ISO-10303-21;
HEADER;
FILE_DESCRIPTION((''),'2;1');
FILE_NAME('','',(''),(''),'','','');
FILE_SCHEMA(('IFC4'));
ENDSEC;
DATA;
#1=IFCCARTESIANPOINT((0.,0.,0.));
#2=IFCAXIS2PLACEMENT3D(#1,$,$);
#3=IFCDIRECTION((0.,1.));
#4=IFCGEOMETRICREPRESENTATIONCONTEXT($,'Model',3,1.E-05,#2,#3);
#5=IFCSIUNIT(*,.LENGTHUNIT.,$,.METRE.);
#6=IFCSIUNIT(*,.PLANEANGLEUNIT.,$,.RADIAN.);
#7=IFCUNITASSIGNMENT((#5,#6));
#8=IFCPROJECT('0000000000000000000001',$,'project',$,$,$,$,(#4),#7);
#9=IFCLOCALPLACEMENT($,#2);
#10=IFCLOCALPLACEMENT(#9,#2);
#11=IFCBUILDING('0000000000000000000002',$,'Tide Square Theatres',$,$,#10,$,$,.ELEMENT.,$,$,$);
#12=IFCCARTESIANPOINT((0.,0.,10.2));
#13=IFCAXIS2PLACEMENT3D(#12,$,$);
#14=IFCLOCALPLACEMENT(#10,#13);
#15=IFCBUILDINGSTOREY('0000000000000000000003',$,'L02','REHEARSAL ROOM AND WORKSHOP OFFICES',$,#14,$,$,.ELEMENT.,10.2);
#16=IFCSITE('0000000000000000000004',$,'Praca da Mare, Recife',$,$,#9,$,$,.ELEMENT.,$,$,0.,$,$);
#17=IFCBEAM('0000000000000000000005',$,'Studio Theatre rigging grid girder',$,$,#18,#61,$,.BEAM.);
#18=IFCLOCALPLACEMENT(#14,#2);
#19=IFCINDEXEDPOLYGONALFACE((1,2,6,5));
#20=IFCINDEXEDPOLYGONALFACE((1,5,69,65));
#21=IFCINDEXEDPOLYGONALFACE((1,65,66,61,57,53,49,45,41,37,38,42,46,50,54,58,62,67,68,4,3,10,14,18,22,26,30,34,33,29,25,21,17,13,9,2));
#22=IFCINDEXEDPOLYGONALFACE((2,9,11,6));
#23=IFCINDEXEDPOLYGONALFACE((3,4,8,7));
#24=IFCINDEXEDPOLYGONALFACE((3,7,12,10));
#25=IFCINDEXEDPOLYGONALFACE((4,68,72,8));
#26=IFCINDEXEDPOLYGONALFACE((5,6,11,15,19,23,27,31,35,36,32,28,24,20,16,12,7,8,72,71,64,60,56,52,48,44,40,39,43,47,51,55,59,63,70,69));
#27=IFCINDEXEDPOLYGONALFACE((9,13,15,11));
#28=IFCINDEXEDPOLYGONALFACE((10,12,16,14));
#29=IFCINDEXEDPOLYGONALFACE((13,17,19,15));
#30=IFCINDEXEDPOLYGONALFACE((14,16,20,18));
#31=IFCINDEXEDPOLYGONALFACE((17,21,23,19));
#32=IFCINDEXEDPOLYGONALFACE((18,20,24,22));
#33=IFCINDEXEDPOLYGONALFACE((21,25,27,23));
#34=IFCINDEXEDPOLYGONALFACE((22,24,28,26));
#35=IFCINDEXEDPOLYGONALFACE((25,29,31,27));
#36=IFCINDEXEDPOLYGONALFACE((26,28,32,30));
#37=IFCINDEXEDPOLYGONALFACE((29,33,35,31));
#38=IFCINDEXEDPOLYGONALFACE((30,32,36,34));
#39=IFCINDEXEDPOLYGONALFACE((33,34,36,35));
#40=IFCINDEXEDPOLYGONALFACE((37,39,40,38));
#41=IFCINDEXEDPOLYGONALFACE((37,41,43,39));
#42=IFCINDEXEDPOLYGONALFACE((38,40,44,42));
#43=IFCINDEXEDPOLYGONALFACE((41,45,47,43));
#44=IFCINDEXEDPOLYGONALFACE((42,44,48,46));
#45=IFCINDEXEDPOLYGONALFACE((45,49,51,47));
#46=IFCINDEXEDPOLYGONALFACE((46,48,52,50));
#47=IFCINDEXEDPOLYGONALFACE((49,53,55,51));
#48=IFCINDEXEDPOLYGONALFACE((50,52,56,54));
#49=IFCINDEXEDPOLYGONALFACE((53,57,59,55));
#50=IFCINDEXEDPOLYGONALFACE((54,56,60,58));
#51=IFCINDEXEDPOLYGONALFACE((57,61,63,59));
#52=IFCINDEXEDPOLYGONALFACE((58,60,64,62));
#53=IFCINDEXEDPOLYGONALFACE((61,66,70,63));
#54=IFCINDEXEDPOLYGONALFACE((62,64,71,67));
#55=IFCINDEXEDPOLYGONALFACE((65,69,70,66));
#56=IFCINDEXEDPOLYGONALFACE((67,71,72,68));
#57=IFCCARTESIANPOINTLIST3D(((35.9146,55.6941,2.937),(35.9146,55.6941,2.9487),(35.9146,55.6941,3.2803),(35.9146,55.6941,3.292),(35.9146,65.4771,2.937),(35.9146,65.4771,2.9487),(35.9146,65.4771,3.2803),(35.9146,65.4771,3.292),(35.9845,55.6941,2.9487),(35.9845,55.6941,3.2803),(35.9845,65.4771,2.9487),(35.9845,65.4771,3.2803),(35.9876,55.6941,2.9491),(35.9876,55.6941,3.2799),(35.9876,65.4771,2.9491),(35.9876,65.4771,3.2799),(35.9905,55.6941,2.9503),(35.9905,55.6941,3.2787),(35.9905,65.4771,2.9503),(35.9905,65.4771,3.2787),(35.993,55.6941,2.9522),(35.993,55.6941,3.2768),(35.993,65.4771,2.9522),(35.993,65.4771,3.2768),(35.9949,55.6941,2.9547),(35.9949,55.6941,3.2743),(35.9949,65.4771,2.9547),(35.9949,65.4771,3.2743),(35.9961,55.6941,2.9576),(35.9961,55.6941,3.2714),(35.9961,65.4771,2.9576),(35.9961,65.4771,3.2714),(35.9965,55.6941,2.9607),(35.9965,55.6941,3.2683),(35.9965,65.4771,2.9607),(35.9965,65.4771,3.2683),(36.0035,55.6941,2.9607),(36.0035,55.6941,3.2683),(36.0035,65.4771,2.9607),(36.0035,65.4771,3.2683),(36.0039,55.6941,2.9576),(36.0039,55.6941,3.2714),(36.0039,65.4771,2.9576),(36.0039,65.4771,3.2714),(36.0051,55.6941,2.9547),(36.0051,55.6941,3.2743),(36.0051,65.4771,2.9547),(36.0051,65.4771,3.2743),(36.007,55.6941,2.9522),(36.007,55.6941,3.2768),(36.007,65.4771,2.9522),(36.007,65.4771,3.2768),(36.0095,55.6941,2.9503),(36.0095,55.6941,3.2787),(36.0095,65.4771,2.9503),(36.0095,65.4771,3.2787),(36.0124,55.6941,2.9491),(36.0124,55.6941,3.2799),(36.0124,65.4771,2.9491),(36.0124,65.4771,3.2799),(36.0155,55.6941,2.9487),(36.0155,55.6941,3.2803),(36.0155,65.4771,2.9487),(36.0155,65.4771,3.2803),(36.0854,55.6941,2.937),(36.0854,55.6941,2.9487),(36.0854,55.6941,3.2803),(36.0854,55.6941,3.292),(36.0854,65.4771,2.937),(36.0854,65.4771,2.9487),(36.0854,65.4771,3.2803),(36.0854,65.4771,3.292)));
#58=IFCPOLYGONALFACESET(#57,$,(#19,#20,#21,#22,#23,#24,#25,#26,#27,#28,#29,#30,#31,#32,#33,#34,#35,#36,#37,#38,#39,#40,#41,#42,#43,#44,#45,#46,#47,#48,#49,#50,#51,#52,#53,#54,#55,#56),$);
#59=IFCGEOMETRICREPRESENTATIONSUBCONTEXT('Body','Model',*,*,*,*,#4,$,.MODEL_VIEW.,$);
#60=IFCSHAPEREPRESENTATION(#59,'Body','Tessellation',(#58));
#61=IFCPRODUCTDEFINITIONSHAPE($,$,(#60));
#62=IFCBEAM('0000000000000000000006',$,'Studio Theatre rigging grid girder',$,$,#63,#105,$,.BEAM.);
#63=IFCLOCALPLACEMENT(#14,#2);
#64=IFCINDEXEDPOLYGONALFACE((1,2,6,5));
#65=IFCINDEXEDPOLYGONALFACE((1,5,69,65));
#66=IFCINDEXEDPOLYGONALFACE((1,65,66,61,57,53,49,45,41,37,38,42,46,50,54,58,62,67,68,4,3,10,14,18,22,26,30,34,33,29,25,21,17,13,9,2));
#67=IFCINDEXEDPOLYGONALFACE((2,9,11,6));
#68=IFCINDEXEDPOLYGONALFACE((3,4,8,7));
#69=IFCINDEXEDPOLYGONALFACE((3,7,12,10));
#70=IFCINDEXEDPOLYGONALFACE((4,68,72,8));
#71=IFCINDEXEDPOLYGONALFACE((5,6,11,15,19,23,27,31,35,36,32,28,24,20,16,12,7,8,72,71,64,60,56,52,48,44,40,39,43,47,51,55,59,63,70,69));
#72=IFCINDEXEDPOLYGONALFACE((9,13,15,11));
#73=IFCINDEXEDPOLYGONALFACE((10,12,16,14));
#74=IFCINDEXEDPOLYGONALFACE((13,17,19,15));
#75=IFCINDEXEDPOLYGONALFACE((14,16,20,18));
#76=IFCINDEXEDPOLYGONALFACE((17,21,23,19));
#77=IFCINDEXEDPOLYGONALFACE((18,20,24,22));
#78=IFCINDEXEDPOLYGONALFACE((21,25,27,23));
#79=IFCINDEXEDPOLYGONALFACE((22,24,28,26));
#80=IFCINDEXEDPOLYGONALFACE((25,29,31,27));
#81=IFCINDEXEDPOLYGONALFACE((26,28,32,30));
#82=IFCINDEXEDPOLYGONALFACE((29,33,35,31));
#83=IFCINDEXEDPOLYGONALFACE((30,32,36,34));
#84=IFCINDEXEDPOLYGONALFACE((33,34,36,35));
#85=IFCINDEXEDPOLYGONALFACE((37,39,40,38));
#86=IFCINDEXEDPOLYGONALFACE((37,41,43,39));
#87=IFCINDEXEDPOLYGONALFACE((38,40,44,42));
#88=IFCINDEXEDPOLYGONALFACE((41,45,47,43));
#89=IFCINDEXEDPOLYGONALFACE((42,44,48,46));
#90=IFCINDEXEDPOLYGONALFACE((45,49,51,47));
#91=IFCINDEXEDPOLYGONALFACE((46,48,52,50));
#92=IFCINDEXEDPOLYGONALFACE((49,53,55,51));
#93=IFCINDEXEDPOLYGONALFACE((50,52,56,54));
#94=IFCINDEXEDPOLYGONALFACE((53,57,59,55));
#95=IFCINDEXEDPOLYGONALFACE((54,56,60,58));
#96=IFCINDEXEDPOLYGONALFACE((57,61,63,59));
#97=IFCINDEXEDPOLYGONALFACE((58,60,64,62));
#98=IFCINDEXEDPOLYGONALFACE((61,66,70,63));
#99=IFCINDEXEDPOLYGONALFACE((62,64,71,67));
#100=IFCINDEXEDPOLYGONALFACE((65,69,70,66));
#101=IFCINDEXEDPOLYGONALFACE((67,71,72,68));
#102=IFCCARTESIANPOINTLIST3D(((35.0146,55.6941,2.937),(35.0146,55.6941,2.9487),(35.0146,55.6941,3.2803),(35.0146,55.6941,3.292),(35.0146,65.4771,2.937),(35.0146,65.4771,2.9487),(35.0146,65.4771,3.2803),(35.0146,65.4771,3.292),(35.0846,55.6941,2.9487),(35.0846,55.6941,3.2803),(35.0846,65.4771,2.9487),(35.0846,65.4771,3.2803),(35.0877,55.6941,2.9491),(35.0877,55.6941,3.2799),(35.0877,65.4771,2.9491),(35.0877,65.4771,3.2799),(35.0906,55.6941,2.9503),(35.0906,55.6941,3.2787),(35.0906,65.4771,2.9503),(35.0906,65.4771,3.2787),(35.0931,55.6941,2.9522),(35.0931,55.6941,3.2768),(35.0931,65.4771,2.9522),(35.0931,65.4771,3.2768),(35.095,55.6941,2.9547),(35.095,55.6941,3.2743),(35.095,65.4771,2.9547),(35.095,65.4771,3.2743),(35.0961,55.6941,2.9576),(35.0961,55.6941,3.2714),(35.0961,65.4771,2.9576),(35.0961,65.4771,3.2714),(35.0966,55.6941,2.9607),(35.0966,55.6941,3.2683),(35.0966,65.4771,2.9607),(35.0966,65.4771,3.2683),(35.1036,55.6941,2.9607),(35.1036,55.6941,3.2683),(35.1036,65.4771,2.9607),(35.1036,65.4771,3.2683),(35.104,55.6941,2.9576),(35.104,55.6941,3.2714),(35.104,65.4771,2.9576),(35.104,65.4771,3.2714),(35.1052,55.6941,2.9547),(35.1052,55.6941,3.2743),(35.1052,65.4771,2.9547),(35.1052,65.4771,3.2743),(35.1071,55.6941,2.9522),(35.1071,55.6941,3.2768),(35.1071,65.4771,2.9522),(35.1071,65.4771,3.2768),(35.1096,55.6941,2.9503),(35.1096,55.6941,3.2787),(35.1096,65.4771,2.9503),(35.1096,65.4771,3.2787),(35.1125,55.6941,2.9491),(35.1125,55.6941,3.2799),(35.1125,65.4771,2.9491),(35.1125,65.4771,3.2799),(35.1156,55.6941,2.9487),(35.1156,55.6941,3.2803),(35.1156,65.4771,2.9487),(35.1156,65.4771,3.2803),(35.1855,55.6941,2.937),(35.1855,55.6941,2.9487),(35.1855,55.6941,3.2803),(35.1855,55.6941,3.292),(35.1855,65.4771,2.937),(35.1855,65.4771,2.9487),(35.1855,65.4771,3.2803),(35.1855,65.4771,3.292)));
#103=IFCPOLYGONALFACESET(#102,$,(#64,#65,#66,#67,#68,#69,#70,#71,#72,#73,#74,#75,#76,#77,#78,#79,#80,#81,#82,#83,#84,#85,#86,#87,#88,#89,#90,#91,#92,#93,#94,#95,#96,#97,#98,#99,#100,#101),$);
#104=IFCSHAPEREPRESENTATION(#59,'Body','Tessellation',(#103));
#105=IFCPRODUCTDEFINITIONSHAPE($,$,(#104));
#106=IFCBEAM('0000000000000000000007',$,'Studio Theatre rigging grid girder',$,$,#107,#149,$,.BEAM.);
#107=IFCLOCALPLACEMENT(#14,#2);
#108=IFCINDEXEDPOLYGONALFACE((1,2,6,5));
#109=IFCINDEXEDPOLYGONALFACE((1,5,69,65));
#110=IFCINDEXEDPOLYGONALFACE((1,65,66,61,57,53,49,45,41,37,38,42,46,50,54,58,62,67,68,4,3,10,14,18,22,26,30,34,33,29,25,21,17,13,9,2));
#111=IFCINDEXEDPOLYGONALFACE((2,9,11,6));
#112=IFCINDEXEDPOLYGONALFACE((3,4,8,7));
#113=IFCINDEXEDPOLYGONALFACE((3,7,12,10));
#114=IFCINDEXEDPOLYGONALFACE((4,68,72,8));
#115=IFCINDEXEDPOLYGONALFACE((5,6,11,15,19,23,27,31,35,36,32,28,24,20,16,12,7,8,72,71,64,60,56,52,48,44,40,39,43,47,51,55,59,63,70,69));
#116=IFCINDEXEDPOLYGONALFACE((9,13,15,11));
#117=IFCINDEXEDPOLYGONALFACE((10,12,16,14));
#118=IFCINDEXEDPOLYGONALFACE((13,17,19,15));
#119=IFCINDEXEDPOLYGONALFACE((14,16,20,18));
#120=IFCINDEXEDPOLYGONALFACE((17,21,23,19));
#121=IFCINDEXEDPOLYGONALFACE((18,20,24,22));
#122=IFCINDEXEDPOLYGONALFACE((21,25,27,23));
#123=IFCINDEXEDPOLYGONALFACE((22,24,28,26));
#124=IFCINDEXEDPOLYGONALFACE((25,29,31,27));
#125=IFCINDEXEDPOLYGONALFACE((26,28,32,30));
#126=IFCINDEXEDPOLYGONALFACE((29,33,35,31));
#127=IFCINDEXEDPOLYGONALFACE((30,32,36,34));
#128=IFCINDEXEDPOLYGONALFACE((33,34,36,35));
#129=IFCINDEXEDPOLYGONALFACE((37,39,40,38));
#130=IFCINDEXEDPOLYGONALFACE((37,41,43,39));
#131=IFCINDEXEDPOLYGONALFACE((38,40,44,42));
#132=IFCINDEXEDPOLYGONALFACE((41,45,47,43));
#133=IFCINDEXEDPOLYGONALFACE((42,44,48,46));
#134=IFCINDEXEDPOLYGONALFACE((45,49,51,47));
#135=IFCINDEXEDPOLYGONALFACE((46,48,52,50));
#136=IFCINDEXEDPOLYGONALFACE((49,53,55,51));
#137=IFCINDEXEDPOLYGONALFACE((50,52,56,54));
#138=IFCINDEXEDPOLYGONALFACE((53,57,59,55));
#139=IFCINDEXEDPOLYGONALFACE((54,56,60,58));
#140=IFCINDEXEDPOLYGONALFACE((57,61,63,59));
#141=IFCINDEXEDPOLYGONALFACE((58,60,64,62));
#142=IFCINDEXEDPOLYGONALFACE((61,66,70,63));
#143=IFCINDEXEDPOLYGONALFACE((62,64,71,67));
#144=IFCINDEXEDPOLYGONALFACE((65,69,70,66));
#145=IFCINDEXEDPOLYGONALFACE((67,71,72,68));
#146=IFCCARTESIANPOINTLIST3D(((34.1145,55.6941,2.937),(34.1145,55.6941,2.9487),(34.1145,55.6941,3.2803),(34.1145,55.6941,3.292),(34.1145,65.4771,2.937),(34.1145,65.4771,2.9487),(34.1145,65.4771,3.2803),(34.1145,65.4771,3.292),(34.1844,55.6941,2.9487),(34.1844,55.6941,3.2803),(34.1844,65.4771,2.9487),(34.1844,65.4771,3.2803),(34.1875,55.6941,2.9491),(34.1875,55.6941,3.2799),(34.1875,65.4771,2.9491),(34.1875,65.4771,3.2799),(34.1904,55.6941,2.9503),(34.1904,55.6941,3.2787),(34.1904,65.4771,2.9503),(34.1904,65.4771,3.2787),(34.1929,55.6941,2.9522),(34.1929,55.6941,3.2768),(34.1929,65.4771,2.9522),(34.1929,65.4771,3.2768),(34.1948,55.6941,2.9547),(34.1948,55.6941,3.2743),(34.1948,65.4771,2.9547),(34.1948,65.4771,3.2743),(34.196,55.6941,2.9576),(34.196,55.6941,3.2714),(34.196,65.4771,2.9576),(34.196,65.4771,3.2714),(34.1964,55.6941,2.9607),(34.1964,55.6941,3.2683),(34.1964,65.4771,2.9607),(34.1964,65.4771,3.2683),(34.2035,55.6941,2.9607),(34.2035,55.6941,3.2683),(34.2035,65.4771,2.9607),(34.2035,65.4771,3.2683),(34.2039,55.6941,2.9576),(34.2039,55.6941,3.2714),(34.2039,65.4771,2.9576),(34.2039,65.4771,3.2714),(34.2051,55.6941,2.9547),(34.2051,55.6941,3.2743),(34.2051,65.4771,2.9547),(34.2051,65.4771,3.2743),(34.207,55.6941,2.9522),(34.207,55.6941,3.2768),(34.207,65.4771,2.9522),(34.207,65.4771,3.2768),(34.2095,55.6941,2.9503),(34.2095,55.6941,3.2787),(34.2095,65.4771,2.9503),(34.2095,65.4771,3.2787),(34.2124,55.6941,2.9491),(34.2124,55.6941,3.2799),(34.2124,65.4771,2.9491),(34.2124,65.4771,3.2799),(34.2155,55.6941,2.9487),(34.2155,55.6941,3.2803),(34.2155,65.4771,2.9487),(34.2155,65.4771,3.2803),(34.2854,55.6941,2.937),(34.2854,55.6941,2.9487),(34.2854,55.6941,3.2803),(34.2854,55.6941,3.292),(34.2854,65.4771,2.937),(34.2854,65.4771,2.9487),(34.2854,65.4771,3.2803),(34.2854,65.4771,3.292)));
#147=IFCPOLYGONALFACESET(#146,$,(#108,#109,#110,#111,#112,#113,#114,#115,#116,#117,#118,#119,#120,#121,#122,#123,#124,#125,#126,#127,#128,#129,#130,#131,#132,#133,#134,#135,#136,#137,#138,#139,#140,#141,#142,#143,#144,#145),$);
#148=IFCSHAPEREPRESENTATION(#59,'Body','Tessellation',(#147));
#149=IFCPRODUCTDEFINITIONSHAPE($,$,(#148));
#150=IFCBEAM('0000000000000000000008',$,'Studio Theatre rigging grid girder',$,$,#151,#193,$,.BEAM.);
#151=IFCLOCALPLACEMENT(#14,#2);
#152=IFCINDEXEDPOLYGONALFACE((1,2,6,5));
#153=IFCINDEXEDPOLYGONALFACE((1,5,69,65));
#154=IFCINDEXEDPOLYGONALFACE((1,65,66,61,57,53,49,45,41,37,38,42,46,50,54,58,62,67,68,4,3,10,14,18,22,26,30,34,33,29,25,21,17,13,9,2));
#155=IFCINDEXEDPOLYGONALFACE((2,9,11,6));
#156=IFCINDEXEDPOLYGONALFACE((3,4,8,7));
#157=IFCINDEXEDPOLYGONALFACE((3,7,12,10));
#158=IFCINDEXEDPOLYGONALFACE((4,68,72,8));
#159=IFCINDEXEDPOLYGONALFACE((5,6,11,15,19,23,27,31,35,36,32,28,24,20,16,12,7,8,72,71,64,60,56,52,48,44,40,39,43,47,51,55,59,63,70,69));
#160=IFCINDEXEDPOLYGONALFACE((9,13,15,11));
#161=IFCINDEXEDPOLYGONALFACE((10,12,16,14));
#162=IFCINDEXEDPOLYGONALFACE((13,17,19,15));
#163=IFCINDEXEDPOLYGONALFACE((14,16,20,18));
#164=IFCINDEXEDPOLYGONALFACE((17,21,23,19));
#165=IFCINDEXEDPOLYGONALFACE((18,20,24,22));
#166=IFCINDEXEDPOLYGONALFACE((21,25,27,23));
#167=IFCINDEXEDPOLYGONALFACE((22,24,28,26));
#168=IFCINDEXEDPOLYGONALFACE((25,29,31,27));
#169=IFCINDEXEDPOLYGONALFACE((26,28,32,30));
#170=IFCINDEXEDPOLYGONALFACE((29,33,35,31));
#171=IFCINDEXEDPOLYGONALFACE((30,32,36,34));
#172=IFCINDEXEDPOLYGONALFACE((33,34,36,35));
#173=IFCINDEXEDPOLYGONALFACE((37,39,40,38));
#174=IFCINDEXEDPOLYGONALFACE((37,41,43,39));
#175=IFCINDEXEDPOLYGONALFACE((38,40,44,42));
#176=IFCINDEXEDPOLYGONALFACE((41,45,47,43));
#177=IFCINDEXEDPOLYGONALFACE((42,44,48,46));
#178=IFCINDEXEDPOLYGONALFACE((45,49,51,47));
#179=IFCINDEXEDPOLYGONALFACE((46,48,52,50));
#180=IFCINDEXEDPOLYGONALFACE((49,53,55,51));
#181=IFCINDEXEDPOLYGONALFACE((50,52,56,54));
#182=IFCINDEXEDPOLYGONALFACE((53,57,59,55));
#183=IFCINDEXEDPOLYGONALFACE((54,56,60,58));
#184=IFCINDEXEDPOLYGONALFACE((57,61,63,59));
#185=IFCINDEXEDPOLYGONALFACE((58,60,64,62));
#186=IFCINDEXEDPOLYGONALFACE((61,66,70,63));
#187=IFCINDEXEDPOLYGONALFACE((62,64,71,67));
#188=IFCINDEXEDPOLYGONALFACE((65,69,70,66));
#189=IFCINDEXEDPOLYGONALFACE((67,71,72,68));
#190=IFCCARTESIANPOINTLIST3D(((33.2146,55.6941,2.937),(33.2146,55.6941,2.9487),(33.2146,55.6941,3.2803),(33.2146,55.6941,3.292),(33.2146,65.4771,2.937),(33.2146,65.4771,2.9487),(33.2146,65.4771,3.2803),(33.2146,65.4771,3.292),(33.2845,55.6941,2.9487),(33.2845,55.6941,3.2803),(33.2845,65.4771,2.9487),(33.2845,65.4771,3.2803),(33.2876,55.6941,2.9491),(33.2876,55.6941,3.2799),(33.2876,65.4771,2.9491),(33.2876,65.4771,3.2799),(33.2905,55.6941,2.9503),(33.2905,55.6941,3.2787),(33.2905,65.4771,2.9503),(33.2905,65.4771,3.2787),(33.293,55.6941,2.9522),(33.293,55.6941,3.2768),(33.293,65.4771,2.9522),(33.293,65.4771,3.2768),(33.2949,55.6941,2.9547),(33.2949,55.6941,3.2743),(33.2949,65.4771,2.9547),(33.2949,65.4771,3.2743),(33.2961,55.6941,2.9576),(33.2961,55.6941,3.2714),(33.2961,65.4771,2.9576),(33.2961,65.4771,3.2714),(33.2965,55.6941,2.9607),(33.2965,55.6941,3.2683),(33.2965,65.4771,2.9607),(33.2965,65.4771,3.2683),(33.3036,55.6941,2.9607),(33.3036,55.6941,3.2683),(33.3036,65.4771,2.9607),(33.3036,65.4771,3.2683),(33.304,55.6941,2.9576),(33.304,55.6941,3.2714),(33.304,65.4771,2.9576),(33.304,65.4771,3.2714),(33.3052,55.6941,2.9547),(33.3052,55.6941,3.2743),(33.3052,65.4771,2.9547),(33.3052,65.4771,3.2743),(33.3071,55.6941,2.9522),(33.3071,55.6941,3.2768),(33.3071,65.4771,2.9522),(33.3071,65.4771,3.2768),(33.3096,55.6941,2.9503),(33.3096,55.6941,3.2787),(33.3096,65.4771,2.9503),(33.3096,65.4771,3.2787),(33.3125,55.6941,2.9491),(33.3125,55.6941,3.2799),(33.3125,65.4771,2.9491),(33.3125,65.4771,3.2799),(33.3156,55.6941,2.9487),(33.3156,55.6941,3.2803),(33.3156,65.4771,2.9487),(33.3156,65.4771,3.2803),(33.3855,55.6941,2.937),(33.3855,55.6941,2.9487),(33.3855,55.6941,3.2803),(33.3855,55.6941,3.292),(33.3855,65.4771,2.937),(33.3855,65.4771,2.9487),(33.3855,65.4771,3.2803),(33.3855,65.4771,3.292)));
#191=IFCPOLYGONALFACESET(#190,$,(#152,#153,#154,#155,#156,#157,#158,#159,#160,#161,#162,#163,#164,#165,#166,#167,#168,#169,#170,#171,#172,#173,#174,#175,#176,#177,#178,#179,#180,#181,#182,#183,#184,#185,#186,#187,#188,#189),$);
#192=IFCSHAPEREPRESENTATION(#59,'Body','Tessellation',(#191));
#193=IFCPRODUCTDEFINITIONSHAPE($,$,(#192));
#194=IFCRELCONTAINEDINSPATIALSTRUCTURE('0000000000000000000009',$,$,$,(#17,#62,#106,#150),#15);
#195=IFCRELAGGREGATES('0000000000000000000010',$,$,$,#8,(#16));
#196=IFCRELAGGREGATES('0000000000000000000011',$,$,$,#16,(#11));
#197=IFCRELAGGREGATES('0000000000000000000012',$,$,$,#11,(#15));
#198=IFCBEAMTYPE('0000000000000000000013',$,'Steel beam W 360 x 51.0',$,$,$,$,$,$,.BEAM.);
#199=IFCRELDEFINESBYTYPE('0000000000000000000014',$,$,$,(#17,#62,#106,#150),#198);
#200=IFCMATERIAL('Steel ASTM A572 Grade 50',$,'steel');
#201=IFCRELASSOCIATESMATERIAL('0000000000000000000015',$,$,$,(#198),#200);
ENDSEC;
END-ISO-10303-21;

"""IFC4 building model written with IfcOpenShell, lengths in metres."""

from ifc_helpers import new_model, si_unit, direction, frame, origin, origin_2d, place, context, subcontext, project, spatial, i_section, extrude, material, material_profile, profile_set, type_object, element, save


model = new_model("IFC4")

# Units and contexts
model_context = context("Model", 3, precision=1e-05, world=origin(), true_north=direction((0.0, 1.0)))
body_context = subcontext(model_context, "Body", "Model", "MODEL_VIEW")
ifc_project = project(units=[si_unit("LENGTHUNIT", "METRE"), si_unit("PLANEANGLEUNIT", "RADIAN")], contexts=[model_context])

# Site, building, storey
site_placement = place(None, origin())
site = spatial("IfcSite", under=ifc_project, at=site_placement, Name="Praca da Mare, Recife", CompositionType="ELEMENT", RefElevation=0.0)
building_placement = place(site_placement, origin())
building = spatial("IfcBuilding", under=site, at=building_placement, Name="Tide Square Theatres", CompositionType="ELEMENT")
storey_placement = place(building_placement, frame((0.0, 0.0, 10.2)))
storey = spatial("IfcBuildingStorey", under=building, at=storey_placement, Name="L02", Description="REHEARSAL ROOM AND WORKSHOP OFFICES", CompositionType="ELEMENT", Elevation=10.2)

# Beams
ifc_material_1 = material(Name="Steel ASTM A572 Grade 50", Category="steel")
ifc_material_profile_1 = material_profile(ifc_material_1, i_section(OverallWidth=0.1709, OverallDepth=0.355, WebThickness=0.0071, FlangeThickness=0.0117, FilletRadius=0.012, at=origin_2d()))
ifc_profile_set_1 = profile_set([ifc_material_profile_1], Name="Steel ASTM A572 Grade 50")
beam_type_1 = type_object("IfcBeamType", Name="Steel beam W 360 x 51.0", PredefinedType="BEAM", material=ifc_profile_set_1)
for number, where, z_axis, x_axis, name in (
    (1, (36.0, 55.6941, 3.1145), (0.0, 1.0, 0.0), (-1.0, 0.0, 0.0), "Studio Theatre rigging grid girder"),
    (2, (35.1001, 55.6941, 3.1145), (0.0, 1.0, 0.0), (-1.0, 0.0, 0.0), "Studio Theatre rigging grid girder"),
    (3, (34.2, 55.6941, 3.1145), (0.0, 1.0, 0.0), (-1.0, 0.0, 0.0), "Studio Theatre rigging grid girder"),
    (4, (33.3, 55.6941, 3.1145), (0.0, 1.0, 0.0), (-1.0, 0.0, 0.0), "Studio Theatre rigging grid girder"),
):
    element("IfcBeam", number, at=place(storey_placement, frame(where, z_axis=z_axis, x_axis=x_axis)), inside=storey, type_object=beam_type_1, Name=name, PredefinedType="BEAM", context=body_context, shape_type="SweptSolid", body=[
        extrude(i_section(OverallWidth=0.1709, OverallDepth=0.355, WebThickness=0.0071, FlangeThickness=0.0117, FilletRadius=0.012, at=origin_2d()), origin(), (0.0, 0.0, 1.0), 9.783),
    ])

save(model, "model.ifc")
